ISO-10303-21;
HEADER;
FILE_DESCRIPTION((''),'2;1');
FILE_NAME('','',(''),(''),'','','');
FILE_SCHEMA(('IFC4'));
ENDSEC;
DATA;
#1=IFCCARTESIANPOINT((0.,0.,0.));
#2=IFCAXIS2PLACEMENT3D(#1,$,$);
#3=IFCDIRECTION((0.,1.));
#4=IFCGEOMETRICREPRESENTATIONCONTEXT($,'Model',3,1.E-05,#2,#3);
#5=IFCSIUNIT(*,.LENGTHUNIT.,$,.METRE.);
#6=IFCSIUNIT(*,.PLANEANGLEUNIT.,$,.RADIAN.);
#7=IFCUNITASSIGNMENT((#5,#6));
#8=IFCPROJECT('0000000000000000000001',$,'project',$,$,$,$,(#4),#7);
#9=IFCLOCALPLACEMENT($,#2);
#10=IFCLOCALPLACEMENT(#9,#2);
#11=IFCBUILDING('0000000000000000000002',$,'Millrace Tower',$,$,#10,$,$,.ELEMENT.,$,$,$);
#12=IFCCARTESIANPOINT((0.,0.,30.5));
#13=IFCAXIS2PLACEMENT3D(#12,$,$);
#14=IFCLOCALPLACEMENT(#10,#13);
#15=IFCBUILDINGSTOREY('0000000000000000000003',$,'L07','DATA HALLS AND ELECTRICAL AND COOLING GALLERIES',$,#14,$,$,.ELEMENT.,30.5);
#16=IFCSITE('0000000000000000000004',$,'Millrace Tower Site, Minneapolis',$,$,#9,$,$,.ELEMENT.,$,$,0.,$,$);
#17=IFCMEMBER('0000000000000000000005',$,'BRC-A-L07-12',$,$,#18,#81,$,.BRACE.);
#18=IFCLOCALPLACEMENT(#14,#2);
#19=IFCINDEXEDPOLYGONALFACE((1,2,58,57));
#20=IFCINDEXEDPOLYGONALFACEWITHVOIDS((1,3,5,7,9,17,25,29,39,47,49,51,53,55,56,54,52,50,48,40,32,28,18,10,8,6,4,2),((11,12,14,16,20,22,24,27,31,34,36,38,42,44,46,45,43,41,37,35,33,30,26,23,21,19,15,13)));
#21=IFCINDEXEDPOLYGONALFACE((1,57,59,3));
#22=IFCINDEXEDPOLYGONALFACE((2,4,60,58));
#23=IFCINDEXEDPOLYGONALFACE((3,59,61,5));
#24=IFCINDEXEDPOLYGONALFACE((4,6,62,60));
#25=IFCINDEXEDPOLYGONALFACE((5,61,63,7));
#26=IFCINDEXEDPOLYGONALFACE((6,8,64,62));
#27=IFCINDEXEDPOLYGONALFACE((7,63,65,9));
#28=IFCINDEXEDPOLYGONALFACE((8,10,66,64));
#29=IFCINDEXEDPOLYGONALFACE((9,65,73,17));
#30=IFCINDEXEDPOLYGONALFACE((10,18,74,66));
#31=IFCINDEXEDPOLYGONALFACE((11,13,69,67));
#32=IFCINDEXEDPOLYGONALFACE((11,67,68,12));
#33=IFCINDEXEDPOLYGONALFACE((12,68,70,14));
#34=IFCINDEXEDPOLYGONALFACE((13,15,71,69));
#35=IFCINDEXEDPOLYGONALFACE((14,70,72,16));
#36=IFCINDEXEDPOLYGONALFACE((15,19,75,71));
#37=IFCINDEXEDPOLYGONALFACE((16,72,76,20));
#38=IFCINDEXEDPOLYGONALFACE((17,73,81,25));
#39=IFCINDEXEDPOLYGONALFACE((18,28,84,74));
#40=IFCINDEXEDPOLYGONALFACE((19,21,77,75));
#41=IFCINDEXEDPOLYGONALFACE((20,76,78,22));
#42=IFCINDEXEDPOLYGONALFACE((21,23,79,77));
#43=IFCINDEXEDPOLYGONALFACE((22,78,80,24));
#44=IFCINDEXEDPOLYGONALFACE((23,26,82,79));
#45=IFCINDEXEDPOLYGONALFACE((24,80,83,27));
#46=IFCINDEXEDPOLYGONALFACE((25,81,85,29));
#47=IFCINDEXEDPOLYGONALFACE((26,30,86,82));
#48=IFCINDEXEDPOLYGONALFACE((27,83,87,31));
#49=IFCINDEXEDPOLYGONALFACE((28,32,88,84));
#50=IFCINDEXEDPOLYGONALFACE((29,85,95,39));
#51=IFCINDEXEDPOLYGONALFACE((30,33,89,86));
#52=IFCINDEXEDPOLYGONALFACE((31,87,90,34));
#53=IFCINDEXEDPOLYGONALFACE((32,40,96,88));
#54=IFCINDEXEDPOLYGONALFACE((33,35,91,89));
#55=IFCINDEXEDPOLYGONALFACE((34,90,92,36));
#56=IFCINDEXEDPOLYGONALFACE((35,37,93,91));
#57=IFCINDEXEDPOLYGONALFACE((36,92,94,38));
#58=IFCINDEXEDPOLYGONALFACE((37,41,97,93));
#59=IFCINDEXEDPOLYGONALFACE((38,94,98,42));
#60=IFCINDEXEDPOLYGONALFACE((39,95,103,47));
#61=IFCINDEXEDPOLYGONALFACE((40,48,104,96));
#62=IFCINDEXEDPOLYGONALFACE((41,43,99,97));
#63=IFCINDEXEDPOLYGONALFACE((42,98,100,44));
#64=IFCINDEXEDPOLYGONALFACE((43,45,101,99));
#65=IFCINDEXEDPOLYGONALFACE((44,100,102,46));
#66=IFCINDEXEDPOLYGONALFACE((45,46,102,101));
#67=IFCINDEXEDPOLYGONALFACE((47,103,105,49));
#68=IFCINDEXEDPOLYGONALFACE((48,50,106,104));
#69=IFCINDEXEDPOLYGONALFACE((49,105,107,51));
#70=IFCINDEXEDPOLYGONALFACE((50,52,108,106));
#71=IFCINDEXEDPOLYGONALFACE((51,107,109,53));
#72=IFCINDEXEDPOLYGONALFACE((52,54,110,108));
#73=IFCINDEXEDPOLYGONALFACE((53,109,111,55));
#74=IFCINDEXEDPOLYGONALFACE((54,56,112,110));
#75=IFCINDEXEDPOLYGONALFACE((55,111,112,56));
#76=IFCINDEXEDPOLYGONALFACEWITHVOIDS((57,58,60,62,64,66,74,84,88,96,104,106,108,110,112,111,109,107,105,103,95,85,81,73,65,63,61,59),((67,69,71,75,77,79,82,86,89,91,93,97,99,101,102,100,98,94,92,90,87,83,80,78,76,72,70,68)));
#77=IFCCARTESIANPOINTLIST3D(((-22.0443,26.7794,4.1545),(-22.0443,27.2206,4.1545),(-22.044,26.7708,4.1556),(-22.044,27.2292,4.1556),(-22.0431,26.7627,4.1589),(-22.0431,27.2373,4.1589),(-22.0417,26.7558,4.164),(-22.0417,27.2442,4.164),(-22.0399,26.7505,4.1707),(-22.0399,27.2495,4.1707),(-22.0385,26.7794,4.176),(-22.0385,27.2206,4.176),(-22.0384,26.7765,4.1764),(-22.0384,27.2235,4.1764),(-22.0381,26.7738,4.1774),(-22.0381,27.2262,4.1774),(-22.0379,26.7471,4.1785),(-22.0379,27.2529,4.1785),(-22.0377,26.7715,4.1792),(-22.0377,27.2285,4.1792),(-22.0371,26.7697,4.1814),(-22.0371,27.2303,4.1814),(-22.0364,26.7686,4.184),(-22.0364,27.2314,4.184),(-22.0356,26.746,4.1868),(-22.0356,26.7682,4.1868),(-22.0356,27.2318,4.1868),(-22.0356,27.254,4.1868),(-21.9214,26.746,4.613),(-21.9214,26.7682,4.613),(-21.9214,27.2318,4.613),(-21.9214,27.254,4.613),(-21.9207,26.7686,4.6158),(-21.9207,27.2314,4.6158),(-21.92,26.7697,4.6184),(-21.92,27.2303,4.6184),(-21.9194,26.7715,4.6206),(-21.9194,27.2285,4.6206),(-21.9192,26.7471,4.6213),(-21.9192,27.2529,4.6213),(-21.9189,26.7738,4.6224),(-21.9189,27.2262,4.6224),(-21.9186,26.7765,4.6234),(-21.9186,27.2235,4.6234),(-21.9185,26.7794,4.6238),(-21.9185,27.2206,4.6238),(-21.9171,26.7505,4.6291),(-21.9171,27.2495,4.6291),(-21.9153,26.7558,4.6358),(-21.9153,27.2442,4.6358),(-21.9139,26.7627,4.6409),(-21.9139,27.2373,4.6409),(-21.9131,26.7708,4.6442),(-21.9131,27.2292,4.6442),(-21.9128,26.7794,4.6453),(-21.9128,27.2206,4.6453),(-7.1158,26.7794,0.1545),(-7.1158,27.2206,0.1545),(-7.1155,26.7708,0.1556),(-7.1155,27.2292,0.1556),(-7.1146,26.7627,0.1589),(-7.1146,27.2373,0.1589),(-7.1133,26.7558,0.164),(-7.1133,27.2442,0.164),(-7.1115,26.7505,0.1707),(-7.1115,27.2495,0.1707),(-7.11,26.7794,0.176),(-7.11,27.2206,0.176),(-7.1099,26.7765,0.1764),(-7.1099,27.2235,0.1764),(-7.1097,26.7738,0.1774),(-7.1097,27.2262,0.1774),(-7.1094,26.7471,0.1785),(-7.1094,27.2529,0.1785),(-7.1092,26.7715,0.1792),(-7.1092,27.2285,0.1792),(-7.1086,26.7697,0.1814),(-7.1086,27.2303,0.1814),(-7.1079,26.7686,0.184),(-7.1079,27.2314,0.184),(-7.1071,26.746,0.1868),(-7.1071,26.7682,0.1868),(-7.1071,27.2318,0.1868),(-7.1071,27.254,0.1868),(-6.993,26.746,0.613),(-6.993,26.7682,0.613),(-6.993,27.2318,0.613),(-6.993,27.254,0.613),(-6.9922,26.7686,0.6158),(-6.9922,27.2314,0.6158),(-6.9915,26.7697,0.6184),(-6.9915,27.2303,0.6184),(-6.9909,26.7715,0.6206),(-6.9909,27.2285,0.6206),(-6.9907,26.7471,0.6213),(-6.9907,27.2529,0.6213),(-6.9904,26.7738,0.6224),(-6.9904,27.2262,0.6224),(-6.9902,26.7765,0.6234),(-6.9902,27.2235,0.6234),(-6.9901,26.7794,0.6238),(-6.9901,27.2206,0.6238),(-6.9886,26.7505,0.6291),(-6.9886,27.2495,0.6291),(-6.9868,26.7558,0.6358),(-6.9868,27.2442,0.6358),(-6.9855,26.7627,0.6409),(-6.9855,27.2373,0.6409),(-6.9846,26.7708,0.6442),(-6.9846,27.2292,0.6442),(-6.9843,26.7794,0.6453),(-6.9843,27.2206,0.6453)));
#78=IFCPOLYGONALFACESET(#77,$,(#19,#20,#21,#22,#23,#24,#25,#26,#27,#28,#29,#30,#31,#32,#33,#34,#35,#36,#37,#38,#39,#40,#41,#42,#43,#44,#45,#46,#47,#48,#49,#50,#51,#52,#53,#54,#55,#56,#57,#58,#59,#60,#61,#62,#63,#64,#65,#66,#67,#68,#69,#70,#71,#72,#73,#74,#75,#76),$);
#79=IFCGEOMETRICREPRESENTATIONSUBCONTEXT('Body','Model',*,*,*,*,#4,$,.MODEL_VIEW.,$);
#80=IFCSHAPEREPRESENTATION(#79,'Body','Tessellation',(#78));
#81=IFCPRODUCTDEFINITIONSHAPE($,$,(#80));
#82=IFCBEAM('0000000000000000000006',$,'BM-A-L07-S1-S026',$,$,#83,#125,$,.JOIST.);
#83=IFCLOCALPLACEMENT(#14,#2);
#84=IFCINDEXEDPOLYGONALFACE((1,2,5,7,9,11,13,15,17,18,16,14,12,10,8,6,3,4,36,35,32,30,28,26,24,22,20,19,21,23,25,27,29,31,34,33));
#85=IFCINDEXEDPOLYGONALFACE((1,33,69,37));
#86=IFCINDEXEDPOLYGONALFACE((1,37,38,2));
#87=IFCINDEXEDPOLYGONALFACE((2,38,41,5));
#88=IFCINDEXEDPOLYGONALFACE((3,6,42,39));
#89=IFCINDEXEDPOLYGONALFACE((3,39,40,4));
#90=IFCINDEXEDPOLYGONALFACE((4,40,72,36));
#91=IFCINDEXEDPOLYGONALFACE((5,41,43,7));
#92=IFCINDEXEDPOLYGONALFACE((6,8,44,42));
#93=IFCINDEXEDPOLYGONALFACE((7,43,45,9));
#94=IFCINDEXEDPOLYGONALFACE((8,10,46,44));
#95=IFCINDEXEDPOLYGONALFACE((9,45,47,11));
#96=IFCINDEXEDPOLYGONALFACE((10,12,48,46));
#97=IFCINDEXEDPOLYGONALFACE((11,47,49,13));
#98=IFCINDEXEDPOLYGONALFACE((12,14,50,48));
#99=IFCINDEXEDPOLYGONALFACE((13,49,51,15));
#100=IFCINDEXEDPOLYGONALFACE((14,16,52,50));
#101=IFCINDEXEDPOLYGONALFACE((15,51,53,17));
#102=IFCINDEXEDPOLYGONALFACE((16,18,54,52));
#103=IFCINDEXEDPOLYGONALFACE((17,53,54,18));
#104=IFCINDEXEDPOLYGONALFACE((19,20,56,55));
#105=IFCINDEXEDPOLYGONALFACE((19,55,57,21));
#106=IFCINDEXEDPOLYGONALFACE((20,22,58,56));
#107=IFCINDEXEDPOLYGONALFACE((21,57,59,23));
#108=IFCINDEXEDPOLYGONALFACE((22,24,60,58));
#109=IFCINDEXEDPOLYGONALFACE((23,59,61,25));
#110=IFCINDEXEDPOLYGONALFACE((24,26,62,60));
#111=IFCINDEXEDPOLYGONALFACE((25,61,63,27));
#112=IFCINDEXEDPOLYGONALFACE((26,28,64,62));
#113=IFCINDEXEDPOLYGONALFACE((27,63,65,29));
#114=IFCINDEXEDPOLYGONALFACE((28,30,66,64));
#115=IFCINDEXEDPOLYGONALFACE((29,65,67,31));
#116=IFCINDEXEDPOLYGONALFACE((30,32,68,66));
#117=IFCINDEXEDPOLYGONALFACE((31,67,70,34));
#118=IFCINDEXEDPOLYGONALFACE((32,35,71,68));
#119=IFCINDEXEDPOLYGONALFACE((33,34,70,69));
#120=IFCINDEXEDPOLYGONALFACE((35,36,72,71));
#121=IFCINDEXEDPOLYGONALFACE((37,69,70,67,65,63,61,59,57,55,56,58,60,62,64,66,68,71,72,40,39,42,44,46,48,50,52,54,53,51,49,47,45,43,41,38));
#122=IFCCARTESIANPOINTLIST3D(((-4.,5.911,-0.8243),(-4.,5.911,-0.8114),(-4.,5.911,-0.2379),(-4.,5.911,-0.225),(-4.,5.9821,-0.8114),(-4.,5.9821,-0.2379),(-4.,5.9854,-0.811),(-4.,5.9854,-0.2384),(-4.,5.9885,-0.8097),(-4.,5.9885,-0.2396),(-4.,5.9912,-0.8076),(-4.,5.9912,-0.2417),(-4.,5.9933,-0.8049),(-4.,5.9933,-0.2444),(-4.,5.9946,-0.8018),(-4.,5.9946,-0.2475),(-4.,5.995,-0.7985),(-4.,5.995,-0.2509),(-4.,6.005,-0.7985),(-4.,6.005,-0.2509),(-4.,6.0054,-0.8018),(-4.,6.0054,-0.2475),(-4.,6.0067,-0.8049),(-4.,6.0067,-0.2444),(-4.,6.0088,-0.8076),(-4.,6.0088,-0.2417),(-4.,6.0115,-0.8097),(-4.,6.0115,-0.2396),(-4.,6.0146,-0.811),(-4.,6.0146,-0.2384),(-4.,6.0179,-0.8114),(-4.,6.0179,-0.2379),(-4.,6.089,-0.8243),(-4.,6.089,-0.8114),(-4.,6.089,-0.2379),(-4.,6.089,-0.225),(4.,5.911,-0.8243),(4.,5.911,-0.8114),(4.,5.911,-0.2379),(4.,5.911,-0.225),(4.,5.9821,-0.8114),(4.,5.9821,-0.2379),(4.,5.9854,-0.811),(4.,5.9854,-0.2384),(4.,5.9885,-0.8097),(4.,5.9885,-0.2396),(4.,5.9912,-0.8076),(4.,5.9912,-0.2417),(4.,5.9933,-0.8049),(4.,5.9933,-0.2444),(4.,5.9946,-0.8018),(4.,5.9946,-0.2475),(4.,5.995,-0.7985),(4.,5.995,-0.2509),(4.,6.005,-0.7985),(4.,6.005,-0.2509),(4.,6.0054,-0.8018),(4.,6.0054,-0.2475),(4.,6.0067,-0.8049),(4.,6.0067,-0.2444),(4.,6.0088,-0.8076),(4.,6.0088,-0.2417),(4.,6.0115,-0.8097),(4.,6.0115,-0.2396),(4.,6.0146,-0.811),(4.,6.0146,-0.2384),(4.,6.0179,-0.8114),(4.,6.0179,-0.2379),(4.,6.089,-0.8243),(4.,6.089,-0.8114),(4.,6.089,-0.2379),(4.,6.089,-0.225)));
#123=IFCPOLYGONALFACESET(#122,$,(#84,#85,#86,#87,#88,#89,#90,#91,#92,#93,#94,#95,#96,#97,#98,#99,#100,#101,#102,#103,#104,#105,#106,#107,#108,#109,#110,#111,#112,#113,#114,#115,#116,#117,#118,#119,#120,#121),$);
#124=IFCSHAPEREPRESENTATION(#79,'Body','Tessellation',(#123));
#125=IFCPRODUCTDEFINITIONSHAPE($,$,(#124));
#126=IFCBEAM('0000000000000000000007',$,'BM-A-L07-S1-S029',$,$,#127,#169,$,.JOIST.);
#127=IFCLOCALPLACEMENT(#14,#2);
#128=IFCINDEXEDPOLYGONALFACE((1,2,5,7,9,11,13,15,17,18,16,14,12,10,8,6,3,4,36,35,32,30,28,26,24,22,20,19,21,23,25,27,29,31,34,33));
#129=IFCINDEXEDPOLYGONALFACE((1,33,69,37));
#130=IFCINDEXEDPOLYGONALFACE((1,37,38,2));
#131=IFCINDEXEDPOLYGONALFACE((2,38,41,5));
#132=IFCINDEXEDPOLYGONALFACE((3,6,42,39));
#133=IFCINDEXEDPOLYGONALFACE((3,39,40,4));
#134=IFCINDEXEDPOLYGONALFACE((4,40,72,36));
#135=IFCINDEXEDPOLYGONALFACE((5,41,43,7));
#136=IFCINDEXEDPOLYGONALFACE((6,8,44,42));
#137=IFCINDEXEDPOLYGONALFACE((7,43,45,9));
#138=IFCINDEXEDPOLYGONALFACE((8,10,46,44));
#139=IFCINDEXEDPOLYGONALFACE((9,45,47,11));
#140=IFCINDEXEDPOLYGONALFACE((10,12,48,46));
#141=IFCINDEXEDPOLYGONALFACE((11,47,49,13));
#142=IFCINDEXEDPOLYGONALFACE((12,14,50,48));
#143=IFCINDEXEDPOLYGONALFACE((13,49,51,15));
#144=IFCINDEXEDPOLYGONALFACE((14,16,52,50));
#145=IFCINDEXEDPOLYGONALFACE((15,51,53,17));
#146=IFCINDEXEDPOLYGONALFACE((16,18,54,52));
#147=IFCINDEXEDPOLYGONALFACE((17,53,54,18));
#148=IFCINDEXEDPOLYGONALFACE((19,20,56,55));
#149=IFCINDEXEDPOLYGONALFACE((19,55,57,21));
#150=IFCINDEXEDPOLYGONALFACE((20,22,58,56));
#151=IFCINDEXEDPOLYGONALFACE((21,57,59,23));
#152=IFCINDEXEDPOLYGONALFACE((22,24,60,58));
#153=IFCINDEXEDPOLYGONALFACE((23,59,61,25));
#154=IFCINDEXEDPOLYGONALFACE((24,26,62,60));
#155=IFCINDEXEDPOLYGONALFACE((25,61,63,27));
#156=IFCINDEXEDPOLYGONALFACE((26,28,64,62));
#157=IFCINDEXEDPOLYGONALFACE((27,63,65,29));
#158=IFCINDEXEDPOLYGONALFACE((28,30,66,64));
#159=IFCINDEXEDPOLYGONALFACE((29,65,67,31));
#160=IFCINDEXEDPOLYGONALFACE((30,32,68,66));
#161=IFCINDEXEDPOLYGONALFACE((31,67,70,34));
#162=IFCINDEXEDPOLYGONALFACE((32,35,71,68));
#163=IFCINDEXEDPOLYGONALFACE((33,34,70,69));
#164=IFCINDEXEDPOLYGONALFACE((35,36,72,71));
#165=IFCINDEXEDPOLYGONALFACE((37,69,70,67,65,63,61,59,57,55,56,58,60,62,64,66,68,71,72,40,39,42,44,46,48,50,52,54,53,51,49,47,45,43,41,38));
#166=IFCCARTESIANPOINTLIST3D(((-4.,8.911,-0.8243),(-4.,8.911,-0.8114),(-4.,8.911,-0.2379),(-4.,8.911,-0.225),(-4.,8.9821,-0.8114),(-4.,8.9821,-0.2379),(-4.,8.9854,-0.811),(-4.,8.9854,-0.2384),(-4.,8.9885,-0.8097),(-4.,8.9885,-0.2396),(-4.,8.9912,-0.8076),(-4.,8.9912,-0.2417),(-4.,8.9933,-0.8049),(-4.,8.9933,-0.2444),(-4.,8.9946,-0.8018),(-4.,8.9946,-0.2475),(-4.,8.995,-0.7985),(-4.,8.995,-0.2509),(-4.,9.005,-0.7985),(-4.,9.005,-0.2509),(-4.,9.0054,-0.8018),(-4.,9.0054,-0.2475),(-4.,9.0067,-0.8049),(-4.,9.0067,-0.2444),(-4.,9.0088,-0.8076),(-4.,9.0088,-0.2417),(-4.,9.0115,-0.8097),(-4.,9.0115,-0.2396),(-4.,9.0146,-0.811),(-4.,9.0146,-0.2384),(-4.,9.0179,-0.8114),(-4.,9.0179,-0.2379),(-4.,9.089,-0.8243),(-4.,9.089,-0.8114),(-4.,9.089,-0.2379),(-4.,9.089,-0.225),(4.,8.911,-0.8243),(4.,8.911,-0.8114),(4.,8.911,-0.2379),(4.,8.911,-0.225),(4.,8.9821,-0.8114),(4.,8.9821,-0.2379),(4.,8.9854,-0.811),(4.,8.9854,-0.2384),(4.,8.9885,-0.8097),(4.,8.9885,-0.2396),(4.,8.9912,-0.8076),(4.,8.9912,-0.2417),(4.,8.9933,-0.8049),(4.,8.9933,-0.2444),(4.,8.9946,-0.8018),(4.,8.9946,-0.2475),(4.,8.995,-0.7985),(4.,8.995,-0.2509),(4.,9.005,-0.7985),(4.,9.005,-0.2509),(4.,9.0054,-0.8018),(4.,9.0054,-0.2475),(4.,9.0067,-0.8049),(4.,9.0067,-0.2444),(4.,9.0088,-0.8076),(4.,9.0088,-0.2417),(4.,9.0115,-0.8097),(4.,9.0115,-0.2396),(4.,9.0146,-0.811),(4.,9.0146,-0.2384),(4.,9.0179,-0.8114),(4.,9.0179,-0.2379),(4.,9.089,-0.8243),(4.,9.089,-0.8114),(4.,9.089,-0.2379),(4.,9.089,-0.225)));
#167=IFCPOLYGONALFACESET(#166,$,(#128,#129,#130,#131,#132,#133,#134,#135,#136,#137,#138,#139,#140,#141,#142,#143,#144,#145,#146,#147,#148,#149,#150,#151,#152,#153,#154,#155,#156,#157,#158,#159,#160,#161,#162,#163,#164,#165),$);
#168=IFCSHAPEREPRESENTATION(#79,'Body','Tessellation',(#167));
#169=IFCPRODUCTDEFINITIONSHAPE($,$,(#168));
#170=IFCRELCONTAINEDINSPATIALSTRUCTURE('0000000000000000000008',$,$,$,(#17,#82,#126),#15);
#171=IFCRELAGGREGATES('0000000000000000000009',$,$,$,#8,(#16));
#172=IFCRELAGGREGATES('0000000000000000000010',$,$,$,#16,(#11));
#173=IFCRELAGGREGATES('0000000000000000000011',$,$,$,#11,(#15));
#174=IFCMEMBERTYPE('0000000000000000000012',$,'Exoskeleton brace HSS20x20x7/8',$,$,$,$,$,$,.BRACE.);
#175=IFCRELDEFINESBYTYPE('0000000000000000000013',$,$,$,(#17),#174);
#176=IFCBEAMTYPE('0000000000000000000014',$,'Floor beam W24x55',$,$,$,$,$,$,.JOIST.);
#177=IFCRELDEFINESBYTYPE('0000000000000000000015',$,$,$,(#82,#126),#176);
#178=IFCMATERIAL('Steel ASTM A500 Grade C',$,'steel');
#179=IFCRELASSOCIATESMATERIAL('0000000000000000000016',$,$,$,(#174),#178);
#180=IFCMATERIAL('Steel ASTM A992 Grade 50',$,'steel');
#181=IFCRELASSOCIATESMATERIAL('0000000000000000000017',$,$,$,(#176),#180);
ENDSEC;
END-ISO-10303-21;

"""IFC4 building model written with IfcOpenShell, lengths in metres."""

from ifc_helpers import new_model, si_unit, direction, frame, origin, origin_2d, place, context, subcontext, project, spatial, hollow_rectangle, i_section, extrude, material, material_profile, profile_set, type_object, element, save


model = new_model("IFC4")

# Units and contexts
model_context = context("Model", 3, precision=1e-05, world=origin(), true_north=direction((0.0, 1.0)))
body_context = subcontext(model_context, "Body", "Model", "MODEL_VIEW")
ifc_project = project(units=[si_unit("LENGTHUNIT", "METRE"), si_unit("PLANEANGLEUNIT", "RADIAN")], contexts=[model_context])

# Site, building, storey
site_placement = place(None, origin())
site = spatial("IfcSite", under=ifc_project, at=site_placement, Name="Millrace Tower Site, Minneapolis", CompositionType="ELEMENT", RefElevation=0.0)
building_placement = place(site_placement, origin())
building = spatial("IfcBuilding", under=site, at=building_placement, Name="Millrace Tower", CompositionType="ELEMENT")
storey_placement = place(building_placement, frame((0.0, 0.0, 30.5)))
storey = spatial("IfcBuildingStorey", under=building, at=storey_placement, Name="L07", Description="DATA HALLS AND ELECTRICAL AND COOLING GALLERIES", CompositionType="ELEMENT", Elevation=30.5)

# Member
ifc_material_1 = material(Name="Steel ASTM A500 Grade C", Category="steel")
ifc_material_profile_1 = material_profile(ifc_material_1, hollow_rectangle(XDim=0.5081, YDim=0.5081, WallThickness=0.0222, InnerFilletRadius=0.0112, OuterFilletRadius=0.0334, at=origin_2d()))
ifc_profile_set_1 = profile_set([ifc_material_profile_1], Name="Steel ASTM A500 Grade C")
member_type_1 = type_object("IfcMemberType", Name="Exoskeleton brace HSS20x20x7/8", PredefinedType="BRACE", material=ifc_profile_set_1)
member_1_placement = place(storey_placement, frame((-7.05, 27.0, 0.3999), z_axis=(-0.965927, 0.0, 0.258815), x_axis=(0.0, -1.0, 0.0)))
element("IfcMember", 1, at=member_1_placement, inside=storey, type_object=member_type_1, Name="BRC-A-L07-12", PredefinedType="BRACE", context=body_context, shape_type="SweptSolid", body=[
    extrude(hollow_rectangle(XDim=0.5081, YDim=0.5081, WallThickness=0.0222, InnerFilletRadius=0.0112, OuterFilletRadius=0.0334, at=origin_2d()), origin(), (0.0, 0.0, 1.0), 15.4551),
])

# Beams
ifc_material_2 = material(Name="Steel ASTM A992 Grade 50", Category="steel")
ifc_material_profile_2 = material_profile(ifc_material_2, i_section(OverallWidth=0.178, OverallDepth=0.5994, WebThickness=0.01, FlangeThickness=0.0129, FilletRadius=0.0129, at=origin_2d()))
ifc_profile_set_2 = profile_set([ifc_material_profile_2], Name="Steel ASTM A992 Grade 50")
beam_type_1 = type_object("IfcBeamType", Name="Floor beam W24x55", PredefinedType="JOIST", material=ifc_profile_set_2)
for number, where, z_axis, x_axis, name in (
    (2, (-4.0, 6.0, -0.5247), (1.0, 0.0, 0.0), (0.0, 1.0, 0.0), "BM-A-L07-S1-S026"),
    (3, (-4.0, 9.0, -0.5247), (1.0, 0.0, 0.0), (0.0, 1.0, 0.0), "BM-A-L07-S1-S029"),
):
    element("IfcBeam", number, at=place(storey_placement, frame(where, z_axis=z_axis, x_axis=x_axis)), inside=storey, type_object=beam_type_1, Name=name, PredefinedType="JOIST", context=body_context, shape_type="SweptSolid", body=[
        extrude(i_section(OverallWidth=0.178, OverallDepth=0.5994, WebThickness=0.01, FlangeThickness=0.0129, FilletRadius=0.0129, at=origin_2d()), origin(), (0.0, 0.0, 1.0), 8.0),
    ])

save(model, "model.ifc")
